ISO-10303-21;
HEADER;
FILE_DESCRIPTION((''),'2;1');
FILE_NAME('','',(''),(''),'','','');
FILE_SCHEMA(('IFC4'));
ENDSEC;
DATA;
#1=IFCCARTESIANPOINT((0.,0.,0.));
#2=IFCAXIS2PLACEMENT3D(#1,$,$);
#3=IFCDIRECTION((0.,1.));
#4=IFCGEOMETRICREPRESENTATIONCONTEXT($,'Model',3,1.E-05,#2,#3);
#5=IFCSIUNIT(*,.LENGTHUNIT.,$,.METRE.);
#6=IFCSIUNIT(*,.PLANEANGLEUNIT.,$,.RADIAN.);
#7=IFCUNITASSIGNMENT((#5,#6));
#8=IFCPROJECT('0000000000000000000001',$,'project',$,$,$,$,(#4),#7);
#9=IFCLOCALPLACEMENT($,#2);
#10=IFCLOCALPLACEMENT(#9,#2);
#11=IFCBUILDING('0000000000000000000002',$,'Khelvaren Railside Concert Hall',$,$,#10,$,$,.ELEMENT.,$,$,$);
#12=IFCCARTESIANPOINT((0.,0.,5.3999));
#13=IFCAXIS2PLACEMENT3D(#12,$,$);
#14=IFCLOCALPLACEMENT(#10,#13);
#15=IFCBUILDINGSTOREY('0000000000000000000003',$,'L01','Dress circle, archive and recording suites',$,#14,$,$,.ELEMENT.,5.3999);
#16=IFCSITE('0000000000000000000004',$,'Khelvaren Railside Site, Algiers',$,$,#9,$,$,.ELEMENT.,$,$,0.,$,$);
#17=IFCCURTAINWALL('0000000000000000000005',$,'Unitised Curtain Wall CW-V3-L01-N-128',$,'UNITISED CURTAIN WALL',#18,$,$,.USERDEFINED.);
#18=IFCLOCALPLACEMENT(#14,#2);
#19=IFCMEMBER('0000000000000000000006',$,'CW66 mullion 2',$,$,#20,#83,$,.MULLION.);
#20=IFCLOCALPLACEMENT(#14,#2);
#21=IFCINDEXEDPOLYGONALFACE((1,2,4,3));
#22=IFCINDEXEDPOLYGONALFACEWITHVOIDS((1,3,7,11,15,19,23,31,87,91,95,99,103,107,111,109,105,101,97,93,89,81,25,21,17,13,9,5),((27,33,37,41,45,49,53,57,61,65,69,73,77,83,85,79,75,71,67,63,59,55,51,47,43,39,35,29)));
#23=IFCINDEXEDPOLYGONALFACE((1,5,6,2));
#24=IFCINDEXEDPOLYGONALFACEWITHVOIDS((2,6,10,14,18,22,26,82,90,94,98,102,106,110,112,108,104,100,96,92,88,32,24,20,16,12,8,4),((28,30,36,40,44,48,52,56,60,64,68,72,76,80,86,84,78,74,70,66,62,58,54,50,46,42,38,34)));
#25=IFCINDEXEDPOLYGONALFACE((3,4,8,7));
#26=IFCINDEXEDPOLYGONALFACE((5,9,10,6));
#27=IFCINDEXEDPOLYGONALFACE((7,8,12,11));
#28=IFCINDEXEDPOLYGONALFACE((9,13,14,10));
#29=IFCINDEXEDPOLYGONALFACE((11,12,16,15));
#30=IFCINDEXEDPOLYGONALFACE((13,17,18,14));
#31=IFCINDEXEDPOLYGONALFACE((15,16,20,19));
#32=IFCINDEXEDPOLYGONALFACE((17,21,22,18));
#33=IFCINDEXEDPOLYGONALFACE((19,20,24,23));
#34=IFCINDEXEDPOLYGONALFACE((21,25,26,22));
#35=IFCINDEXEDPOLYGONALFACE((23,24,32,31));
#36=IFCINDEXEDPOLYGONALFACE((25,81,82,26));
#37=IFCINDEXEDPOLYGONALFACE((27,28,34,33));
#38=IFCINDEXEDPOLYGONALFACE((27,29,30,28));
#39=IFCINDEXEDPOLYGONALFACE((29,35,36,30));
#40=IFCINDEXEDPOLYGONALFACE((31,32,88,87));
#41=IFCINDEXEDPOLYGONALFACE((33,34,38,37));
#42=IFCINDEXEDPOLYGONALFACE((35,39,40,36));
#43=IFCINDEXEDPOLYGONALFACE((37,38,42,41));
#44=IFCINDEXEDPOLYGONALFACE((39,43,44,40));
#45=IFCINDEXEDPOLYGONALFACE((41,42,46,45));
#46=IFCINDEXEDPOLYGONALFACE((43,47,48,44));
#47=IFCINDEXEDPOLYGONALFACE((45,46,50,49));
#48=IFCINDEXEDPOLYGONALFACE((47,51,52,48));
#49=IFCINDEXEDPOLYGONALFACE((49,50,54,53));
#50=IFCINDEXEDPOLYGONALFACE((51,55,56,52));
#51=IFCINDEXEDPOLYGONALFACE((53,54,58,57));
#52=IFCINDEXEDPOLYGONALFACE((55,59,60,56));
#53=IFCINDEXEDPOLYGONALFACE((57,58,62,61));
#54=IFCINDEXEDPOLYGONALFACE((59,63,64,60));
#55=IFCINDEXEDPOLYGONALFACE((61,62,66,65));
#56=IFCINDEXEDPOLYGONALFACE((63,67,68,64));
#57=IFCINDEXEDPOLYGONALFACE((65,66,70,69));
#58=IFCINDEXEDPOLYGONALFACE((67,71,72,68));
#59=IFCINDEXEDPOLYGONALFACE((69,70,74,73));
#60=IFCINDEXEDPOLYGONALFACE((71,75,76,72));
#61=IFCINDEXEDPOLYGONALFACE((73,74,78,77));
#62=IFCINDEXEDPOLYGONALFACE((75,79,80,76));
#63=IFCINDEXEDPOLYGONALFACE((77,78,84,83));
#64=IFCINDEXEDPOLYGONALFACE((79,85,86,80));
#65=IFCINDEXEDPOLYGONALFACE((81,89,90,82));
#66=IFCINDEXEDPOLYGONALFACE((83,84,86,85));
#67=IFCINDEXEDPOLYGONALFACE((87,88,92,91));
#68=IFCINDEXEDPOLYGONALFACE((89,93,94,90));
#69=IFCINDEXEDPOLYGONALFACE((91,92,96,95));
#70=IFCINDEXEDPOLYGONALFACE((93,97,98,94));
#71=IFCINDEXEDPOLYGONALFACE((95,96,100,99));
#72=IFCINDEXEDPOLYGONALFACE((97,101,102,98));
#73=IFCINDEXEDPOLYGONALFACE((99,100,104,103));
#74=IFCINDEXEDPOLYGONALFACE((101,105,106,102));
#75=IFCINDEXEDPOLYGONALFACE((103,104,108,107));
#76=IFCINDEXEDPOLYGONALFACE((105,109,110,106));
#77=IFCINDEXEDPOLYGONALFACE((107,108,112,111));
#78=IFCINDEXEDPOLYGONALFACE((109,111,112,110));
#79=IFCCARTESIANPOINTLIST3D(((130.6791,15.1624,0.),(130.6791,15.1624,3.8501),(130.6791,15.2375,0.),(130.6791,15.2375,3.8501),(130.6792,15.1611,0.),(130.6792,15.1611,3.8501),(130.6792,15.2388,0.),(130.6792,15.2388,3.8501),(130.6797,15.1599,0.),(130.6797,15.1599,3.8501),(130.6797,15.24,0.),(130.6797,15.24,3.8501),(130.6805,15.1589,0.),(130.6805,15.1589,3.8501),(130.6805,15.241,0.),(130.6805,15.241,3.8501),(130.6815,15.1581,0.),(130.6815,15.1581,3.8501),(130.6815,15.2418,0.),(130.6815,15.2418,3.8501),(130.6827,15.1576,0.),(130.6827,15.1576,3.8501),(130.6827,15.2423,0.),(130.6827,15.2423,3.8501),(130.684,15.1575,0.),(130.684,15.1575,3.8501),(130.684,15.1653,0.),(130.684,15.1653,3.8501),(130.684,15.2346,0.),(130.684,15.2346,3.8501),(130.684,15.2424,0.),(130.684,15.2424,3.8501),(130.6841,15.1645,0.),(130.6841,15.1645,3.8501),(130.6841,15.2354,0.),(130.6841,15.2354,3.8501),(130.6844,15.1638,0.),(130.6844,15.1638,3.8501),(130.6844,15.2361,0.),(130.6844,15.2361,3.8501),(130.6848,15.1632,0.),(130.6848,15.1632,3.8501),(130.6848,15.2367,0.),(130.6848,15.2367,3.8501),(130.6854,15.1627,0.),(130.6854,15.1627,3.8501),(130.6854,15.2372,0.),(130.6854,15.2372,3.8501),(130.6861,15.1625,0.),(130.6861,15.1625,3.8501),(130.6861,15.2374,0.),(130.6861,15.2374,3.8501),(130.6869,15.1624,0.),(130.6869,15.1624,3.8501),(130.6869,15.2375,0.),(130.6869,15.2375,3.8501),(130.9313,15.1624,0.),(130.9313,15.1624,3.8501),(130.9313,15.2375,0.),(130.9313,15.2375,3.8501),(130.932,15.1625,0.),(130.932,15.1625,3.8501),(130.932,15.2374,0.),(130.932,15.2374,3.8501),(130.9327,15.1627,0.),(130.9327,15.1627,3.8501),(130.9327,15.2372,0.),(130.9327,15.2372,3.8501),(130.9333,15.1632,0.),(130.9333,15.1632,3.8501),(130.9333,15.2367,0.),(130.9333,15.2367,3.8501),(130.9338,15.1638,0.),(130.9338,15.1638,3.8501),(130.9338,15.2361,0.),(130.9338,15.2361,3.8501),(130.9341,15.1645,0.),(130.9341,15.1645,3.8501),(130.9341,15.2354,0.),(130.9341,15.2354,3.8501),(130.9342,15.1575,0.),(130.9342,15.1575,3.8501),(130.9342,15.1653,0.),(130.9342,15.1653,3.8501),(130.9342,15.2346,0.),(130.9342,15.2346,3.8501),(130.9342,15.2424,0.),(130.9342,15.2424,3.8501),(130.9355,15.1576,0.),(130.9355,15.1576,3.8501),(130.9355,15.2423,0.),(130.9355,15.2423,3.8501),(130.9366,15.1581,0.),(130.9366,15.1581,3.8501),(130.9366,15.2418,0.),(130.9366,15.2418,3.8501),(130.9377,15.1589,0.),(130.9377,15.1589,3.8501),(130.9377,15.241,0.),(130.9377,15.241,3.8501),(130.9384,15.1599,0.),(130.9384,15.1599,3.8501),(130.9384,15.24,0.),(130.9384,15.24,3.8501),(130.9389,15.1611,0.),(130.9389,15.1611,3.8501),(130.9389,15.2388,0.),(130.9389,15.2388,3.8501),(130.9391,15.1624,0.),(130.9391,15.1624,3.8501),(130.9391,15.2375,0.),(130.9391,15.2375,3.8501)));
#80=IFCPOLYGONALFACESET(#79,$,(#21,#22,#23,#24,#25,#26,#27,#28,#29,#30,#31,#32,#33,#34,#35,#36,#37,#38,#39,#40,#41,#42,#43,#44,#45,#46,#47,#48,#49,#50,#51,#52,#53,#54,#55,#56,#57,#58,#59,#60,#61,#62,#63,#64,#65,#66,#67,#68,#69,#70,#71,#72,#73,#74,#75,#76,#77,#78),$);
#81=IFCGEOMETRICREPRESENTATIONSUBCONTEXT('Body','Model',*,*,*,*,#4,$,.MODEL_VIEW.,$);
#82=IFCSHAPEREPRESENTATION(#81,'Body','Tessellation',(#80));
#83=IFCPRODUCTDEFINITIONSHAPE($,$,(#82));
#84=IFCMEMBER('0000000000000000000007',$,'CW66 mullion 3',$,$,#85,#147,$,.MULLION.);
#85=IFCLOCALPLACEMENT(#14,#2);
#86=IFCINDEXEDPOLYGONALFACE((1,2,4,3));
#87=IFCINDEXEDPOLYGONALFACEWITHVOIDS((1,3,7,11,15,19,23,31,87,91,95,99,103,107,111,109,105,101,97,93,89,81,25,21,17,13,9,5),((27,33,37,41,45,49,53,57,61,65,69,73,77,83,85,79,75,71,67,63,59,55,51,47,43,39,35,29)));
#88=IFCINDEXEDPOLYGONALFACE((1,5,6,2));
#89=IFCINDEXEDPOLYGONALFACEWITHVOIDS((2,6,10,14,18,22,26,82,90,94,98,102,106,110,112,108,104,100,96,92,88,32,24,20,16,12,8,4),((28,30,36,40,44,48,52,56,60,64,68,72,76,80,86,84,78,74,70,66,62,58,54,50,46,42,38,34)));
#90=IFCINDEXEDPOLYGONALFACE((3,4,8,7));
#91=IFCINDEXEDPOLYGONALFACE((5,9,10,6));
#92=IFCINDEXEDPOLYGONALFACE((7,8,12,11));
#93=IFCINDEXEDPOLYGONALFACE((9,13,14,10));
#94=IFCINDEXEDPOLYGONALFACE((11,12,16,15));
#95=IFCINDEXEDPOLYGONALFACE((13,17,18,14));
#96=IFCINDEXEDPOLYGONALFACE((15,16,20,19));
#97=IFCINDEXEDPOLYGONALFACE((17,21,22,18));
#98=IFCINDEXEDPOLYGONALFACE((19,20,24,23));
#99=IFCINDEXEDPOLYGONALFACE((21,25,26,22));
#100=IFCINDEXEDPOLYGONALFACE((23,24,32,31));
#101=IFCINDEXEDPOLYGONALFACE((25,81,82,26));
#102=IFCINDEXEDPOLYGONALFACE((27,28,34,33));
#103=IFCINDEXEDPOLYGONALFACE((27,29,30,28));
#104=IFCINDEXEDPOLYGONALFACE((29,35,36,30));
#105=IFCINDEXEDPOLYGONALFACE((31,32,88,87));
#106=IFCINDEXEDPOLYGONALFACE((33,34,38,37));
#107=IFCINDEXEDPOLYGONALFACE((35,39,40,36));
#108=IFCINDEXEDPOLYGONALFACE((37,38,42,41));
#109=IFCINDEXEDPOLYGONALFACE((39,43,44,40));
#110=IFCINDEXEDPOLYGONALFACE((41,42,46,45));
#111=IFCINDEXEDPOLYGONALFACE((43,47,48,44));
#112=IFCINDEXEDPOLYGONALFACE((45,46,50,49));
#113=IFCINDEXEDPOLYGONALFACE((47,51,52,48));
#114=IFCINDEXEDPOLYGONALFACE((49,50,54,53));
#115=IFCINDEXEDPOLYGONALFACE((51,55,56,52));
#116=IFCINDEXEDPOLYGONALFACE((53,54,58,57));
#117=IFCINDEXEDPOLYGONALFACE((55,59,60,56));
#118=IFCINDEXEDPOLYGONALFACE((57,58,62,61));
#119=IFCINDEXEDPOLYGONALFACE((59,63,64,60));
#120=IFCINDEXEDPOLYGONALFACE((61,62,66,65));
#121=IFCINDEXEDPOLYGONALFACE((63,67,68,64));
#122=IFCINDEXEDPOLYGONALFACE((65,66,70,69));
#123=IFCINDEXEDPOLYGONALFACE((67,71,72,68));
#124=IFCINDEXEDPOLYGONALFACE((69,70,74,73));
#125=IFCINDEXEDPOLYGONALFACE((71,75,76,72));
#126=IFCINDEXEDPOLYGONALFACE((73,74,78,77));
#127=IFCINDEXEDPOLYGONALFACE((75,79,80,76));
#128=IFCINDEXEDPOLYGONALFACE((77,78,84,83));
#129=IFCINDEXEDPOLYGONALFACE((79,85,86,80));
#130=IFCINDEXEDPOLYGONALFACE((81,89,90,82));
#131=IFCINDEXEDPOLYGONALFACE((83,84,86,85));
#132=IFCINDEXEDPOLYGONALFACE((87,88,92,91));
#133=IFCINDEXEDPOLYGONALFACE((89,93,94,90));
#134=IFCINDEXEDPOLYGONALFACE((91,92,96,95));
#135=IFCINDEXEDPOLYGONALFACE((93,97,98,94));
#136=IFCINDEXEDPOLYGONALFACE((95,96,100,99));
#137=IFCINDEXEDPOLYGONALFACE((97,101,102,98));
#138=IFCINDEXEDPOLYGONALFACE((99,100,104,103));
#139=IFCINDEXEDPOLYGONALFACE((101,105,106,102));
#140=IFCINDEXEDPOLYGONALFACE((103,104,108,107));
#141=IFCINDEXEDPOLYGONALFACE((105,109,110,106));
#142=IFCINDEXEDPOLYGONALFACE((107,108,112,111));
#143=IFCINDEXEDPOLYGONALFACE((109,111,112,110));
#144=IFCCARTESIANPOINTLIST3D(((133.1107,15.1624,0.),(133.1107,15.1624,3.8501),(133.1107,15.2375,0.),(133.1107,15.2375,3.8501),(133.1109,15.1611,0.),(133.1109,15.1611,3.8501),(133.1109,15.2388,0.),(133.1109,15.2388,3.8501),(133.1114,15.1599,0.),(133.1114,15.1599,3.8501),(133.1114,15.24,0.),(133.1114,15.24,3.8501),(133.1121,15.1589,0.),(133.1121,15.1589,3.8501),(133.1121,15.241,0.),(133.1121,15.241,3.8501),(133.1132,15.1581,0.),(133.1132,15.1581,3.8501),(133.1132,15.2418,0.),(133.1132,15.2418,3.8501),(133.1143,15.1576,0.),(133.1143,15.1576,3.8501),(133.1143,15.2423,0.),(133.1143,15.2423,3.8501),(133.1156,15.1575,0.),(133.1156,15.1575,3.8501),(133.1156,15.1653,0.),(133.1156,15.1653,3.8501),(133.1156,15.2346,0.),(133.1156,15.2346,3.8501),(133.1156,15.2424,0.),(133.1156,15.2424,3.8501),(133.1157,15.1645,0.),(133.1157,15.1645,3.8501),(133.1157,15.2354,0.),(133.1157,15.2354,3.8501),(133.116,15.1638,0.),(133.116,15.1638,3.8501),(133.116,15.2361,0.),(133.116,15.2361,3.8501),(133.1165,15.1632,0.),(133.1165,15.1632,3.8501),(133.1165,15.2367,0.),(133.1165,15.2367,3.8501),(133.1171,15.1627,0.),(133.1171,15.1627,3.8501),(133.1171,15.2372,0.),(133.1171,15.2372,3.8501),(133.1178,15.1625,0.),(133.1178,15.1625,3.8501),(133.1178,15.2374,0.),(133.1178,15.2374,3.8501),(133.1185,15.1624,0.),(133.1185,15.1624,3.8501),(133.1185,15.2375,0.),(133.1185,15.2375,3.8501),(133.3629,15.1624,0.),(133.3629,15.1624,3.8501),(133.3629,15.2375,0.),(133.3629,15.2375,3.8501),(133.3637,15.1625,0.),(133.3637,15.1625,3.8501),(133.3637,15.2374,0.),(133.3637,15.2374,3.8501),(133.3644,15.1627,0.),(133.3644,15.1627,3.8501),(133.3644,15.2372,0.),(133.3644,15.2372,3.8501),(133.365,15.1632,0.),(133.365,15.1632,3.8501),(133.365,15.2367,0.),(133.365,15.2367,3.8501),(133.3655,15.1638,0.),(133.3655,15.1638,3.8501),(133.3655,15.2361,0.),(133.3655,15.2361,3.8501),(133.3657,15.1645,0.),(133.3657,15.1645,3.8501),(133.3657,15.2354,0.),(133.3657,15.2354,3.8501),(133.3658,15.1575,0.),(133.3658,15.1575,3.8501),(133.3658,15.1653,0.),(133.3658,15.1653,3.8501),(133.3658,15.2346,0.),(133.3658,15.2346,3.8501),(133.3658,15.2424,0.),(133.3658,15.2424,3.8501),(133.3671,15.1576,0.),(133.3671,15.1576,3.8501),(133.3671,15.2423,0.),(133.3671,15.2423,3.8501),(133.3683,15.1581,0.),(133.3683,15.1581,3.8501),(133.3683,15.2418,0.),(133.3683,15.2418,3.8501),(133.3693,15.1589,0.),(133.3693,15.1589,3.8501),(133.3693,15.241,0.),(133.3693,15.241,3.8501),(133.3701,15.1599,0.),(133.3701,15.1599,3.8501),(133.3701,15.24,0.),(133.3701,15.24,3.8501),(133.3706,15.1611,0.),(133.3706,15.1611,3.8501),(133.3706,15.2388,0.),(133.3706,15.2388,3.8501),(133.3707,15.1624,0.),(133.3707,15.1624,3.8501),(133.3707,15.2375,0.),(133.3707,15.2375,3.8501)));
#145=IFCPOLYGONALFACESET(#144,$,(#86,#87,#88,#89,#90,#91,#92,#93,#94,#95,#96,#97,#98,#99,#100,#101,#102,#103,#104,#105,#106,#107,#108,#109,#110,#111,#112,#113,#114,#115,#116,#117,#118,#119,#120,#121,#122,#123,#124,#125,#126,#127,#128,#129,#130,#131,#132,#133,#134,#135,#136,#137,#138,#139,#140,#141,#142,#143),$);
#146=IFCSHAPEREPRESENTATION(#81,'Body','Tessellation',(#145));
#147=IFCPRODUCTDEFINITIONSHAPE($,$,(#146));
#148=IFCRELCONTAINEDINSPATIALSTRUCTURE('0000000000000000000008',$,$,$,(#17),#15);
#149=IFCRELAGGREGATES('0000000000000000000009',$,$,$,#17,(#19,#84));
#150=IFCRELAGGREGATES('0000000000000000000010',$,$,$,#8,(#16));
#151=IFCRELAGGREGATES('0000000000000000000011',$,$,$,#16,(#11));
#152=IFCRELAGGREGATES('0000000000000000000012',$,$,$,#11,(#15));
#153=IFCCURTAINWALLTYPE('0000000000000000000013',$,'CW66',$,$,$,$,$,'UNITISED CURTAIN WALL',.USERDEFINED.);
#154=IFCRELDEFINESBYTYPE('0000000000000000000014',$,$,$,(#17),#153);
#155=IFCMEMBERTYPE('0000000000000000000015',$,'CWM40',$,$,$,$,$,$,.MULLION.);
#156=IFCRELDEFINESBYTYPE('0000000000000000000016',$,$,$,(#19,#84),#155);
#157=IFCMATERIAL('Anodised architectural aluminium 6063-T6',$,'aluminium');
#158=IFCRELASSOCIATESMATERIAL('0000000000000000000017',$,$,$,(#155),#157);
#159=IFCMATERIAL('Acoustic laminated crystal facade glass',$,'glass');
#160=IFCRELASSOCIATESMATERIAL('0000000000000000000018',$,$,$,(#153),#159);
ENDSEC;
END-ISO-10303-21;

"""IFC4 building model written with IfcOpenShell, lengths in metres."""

from ifc_helpers import new_model, si_unit, direction, frame, origin, origin_2d, place, context, subcontext, project, spatial, hollow_rectangle, extrude, material, material_profile, profile_set, type_object, element, aggregate, save


model = new_model("IFC4")

# Units and contexts
model_context = context("Model", 3, precision=1e-05, world=origin(), true_north=direction((0.0, 1.0)))
body_context = subcontext(model_context, "Body", "Model", "MODEL_VIEW")
ifc_project = project(units=[si_unit("LENGTHUNIT", "METRE"), si_unit("PLANEANGLEUNIT", "RADIAN")], contexts=[model_context])

# Site, building, storey
site_placement = place(None, origin())
site = spatial("IfcSite", under=ifc_project, at=site_placement, Name="Khelvaren Railside Site, Algiers", CompositionType="ELEMENT", RefElevation=0.0)
building_placement = place(site_placement, origin())
building = spatial("IfcBuilding", under=site, at=building_placement, Name="Khelvaren Railside Concert Hall", CompositionType="ELEMENT")
storey_placement = place(building_placement, frame((0.0, 0.0, 5.3999)))
storey = spatial("IfcBuildingStorey", under=building, at=storey_placement, Name="L01", Description="Dress circle, archive and recording suites", CompositionType="ELEMENT", Elevation=5.3999)

# Shared definitions
ifc_material_1 = material(Name="Acoustic laminated crystal facade glass", Category="glass")
ifc_material_2 = material(Name="Anodised architectural aluminium 6063-T6", Category="aluminium")
ifc_material_profile_1 = material_profile(ifc_material_2, hollow_rectangle(XDim=0.085, YDim=0.26, WallThickness=0.0049, InnerFilletRadius=0.0029, OuterFilletRadius=0.0049, at=origin_2d()), Name="CWM 85x260x5")
ifc_profile_set_1 = profile_set([ifc_material_profile_1], Name="Anodised architectural aluminium 6063-T6")
member_type_1 = type_object("IfcMemberType", Name="CWM40", PredefinedType="MULLION", material=ifc_profile_set_1)

# Curtain wall, members
curtain_wall_type_1 = type_object("IfcCurtainWallType", Name="CW66", ElementType="UNITISED CURTAIN WALL", PredefinedType="USERDEFINED", material=ifc_material_1)
curtain_wall_1_placement = place(storey_placement, origin())
curtain_wall_1 = element("IfcCurtainWall", 1, at=curtain_wall_1_placement, inside=storey, type_object=curtain_wall_type_1, Name="Unitised Curtain Wall CW-V3-L01-N-128", ObjectType="UNITISED CURTAIN WALL", PredefinedType="USERDEFINED")
member_1_placement = place(storey_placement, frame((130.8091, 15.2, 0.0), z_axis=(0.0, 0.0, 1.0), x_axis=(0.0, 1.0, 0.0)))
member_1 = element("IfcMember", 2, at=member_1_placement, type_object=member_type_1, Name="CW66 mullion 2", PredefinedType="MULLION", context=body_context, shape_type="SweptSolid", body=[
    extrude(hollow_rectangle(XDim=0.085, YDim=0.26, WallThickness=0.0049, InnerFilletRadius=0.0029, OuterFilletRadius=0.0049, at=origin_2d()), origin(), (0.0, 0.0, 1.0), 3.8501),
])
member_2_placement = place(storey_placement, frame((133.2407, 15.2, 0.0), z_axis=(0.0, 0.0, 1.0), x_axis=(0.0, 1.0, 0.0)))
member_2 = element("IfcMember", 3, at=member_2_placement, type_object=member_type_1, Name="CW66 mullion 3", PredefinedType="MULLION", context=body_context, shape_type="SweptSolid", body=[
    extrude(hollow_rectangle(XDim=0.085, YDim=0.26, WallThickness=0.0049, InnerFilletRadius=0.0029, OuterFilletRadius=0.0049, at=origin_2d()), origin(), (0.0, 0.0, 1.0), 3.8501),
])

aggregate(curtain_wall_1, [member_1, member_2])

save(model, "model.ifc")
